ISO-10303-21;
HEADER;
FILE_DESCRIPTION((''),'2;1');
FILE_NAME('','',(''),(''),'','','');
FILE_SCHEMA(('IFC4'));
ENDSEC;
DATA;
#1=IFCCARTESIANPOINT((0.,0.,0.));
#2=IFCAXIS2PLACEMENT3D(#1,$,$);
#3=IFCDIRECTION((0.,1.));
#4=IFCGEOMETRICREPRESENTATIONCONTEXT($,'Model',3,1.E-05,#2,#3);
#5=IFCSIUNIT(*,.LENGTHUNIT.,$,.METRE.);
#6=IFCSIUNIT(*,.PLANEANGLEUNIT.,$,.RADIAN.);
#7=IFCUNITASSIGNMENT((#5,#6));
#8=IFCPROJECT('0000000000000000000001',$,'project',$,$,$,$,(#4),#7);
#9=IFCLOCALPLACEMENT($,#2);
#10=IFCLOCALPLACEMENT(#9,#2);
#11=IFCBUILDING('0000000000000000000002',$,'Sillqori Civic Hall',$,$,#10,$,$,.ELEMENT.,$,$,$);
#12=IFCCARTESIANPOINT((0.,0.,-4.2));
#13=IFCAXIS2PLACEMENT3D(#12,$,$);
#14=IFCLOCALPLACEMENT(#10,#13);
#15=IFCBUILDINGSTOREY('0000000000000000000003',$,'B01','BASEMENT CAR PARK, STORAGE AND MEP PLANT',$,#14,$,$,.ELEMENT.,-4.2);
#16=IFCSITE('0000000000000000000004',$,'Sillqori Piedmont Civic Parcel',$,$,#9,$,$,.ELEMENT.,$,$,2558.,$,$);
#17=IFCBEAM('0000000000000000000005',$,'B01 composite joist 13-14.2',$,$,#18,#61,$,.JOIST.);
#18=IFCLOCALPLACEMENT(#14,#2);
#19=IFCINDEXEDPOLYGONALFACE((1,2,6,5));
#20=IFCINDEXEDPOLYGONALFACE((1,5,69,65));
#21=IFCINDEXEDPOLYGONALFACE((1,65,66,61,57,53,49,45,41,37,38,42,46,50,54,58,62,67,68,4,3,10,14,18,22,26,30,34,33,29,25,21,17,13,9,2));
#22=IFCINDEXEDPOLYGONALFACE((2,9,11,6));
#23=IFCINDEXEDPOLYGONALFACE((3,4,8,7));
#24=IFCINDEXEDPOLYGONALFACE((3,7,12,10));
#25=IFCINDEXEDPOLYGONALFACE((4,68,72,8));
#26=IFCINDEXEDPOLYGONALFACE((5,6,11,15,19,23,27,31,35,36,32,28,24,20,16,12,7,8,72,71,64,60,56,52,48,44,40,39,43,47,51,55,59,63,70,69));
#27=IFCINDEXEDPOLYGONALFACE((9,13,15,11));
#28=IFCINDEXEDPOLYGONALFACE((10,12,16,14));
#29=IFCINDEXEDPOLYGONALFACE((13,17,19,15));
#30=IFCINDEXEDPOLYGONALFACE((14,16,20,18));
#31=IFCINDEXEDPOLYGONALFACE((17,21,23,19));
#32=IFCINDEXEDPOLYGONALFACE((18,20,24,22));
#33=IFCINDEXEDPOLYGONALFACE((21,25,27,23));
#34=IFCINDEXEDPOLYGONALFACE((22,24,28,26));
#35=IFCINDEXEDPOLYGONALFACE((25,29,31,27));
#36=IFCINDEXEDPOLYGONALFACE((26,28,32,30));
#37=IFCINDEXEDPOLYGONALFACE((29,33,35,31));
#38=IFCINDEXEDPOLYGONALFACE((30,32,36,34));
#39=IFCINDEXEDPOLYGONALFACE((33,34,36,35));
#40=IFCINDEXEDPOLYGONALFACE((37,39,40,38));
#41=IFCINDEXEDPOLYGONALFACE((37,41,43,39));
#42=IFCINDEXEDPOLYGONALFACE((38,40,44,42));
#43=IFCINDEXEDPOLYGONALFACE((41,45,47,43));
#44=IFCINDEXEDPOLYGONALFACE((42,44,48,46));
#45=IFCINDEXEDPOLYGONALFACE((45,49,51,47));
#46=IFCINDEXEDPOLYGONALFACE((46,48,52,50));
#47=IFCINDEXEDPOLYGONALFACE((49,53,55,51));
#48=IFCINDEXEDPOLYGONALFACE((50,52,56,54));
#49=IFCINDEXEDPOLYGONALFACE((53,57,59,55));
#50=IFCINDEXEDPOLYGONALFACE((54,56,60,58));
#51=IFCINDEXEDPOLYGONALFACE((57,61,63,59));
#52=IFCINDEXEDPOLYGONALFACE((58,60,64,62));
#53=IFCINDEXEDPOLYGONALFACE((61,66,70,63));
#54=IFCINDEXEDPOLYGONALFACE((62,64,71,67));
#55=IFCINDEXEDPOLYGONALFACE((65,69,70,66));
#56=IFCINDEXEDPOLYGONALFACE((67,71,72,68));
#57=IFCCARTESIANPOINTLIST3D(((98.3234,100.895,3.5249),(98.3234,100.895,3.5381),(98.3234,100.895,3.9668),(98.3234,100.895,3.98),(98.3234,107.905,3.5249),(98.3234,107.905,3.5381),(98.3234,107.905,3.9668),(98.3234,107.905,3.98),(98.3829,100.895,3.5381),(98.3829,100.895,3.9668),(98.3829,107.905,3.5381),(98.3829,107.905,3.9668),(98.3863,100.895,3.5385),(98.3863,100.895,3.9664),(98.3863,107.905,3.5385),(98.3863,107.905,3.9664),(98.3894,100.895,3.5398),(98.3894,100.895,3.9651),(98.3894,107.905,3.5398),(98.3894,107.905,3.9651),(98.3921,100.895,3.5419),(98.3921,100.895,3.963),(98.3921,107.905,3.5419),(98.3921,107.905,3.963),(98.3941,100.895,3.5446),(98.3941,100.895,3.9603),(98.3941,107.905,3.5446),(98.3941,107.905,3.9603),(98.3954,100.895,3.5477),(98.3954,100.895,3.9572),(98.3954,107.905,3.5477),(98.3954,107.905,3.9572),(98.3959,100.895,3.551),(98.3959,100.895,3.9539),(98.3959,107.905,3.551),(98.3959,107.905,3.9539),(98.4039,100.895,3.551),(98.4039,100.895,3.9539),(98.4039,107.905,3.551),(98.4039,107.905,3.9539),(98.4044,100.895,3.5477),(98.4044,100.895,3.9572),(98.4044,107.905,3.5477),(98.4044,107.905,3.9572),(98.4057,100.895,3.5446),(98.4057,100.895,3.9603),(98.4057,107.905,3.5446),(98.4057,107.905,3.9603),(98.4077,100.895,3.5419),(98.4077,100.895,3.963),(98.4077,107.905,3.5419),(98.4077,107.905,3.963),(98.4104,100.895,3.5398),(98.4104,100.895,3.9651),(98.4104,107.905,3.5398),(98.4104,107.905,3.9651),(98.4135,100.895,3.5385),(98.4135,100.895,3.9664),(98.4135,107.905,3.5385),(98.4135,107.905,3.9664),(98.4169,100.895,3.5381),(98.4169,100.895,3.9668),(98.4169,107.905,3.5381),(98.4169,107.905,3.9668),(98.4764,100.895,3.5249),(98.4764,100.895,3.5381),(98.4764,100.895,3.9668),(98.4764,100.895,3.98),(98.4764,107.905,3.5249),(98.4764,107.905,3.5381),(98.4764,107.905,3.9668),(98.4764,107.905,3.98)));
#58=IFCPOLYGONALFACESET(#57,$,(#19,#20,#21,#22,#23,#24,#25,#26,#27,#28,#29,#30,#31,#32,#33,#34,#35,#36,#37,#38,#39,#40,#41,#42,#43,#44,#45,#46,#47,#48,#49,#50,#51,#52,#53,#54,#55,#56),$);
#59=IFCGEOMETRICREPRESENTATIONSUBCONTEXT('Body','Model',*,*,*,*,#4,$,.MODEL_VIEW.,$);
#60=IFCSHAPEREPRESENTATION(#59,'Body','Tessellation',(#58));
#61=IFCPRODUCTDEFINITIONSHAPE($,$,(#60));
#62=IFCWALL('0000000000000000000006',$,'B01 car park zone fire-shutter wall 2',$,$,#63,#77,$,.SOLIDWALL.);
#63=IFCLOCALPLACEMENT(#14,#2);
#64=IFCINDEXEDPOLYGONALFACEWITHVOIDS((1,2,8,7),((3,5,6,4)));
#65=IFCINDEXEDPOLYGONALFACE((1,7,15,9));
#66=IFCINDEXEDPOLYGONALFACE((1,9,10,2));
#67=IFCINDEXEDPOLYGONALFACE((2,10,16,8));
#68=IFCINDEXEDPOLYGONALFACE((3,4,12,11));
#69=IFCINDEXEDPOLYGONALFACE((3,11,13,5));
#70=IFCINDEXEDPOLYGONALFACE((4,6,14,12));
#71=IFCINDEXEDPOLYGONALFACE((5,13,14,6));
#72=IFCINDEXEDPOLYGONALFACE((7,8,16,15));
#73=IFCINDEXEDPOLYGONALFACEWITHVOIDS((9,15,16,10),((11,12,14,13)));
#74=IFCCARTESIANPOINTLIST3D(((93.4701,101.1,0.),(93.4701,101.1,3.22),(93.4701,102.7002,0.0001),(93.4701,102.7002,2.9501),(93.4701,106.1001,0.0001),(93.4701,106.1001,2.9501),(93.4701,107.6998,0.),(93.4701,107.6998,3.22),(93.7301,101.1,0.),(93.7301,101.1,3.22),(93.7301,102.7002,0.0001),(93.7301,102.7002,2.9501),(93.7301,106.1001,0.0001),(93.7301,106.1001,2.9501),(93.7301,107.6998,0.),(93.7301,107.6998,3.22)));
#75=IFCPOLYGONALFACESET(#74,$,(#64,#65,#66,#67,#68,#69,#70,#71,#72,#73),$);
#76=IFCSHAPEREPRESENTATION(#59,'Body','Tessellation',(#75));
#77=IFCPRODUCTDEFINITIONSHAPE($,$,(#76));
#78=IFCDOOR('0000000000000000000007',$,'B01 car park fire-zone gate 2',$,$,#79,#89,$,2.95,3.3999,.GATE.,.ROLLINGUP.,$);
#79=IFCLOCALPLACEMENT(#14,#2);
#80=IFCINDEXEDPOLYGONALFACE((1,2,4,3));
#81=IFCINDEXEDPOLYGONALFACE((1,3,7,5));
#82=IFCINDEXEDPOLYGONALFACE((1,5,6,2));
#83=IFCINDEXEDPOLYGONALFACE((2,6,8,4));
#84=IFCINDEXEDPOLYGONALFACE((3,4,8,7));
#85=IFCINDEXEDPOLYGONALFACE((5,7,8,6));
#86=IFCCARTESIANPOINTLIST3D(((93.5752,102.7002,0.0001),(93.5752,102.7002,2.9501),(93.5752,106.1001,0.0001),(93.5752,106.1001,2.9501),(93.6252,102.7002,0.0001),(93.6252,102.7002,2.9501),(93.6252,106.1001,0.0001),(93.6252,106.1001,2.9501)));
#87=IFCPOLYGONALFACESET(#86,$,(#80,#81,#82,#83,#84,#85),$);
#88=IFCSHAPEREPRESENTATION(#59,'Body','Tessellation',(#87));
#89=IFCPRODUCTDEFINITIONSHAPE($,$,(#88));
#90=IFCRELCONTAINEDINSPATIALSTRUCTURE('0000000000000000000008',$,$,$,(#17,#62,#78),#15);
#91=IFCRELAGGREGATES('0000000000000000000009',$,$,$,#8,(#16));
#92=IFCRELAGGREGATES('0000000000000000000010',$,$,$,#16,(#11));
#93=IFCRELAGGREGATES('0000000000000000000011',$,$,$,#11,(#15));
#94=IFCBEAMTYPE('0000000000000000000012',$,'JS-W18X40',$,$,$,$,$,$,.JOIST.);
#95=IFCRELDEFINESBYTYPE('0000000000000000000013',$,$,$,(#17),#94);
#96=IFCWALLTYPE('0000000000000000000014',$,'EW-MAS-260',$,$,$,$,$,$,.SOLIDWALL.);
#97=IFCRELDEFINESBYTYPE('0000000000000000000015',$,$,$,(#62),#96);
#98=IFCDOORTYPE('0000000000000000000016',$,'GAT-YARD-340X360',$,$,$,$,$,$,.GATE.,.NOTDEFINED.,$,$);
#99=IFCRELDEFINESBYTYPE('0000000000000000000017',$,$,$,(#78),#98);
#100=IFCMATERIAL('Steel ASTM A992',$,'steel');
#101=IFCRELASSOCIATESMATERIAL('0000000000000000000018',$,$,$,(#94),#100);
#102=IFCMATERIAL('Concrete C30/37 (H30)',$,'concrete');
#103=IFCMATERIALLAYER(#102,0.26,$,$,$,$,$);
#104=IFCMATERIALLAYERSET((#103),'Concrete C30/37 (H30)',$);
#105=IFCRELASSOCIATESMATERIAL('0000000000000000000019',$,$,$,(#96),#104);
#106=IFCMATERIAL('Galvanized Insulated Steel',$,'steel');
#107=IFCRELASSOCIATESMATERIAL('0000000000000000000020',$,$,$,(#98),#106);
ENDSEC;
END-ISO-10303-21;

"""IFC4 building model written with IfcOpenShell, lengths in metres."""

from ifc_helpers import new_model, si_unit, direction, frame, frame_2d, origin, origin_2d, place, context, subcontext, project, spatial, rectangle, i_section, extrude, material, layer, layer_set, material_profile, profile_set, type_object, element, fill, save


model = new_model("IFC4")

# Units and contexts
model_context = context("Model", 3, precision=1e-05, world=origin(), true_north=direction((0.0, 1.0)))
body_context = subcontext(model_context, "Body", "Model", "MODEL_VIEW")
ifc_project = project(units=[si_unit("LENGTHUNIT", "METRE"), si_unit("PLANEANGLEUNIT", "RADIAN")], contexts=[model_context])

# Site, building, storey
site_placement = place(None, origin())
site = spatial("IfcSite", under=ifc_project, at=site_placement, Name="Sillqori Piedmont Civic Parcel", CompositionType="ELEMENT", RefElevation=2558.0)
building_placement = place(site_placement, origin())
building = spatial("IfcBuilding", under=site, at=building_placement, Name="Sillqori Civic Hall", CompositionType="ELEMENT")
storey_placement = place(building_placement, frame((0.0, 0.0, -4.2)))
storey = spatial("IfcBuildingStorey", under=building, at=storey_placement, Name="B01", Description="BASEMENT CAR PARK, STORAGE AND MEP PLANT", CompositionType="ELEMENT", Elevation=-4.2)

# Shared definitions
ifc_material_1 = material(Name="Steel ASTM A992", Category="steel")

# Beam
ifc_material_profile_1 = material_profile(ifc_material_1, i_section(OverallWidth=0.1531, OverallDepth=0.4551, WebThickness=0.0081, FlangeThickness=0.0132, FilletRadius=0.0129, at=origin_2d()), Name="W18X40")
ifc_profile_set_1 = profile_set([ifc_material_profile_1], Name="Steel ASTM A992")
beam_type_1 = type_object("IfcBeamType", Name="JS-W18X40", PredefinedType="JOIST", material=ifc_profile_set_1)
for number, where, z_axis, x_axis, name in (
    (1, (98.3999, 100.895, 3.7524), (0.0, 1.0, 0.0), (-1.0, 0.0, 0.0), "B01 composite joist 13-14.2"),
):
    element("IfcBeam", number, at=place(storey_placement, frame(where, z_axis=z_axis, x_axis=x_axis)), inside=storey, type_object=beam_type_1, Name=name, PredefinedType="JOIST", context=body_context, shape_type="SweptSolid", body=[
        extrude(i_section(OverallWidth=0.1531, OverallDepth=0.4551, WebThickness=0.0081, FlangeThickness=0.0132, FilletRadius=0.0129, at=origin_2d()), origin(), (0.0, 0.0, 1.0), 7.01),
    ])

# Wall, opening, door
ifc_material_2 = material(Name="Concrete C30/37 (H30)", Category="concrete")
ifc_layer = layer(ifc_material_2, 0.26)
ifc_layer_set = layer_set([ifc_layer], Name="Concrete C30/37 (H30)")
wall_type = type_object("IfcWallType", Name="EW-MAS-260", PredefinedType="SOLIDWALL", material=ifc_layer_set)
wall_placement = place(storey_placement, frame((93.6001, 101.1001, 0.0), z_axis=(0.0, 0.0, 1.0), x_axis=(0.0, 1.0, 0.0)))
wall = element("IfcWall", 2, at=wall_placement, inside=storey, type_object=wall_type, Name="B01 car park zone fire-shutter wall 2", PredefinedType="SOLIDWALL", context=body_context, shape_type="SweptSolid", body=[
    extrude(rectangle(XDim=6.5999, YDim=0.26, at=frame_2d((3.2998, 0.0))), origin(), (0.0, 0.0, 1.0), 3.22),
])
opening_placement = place(wall_placement, frame((1.6001, 0.0, 0.0)))
opening = element("IfcOpeningElement", 3, at=opening_placement, cuts=wall, PredefinedType="OPENING", context=body_context, shape_type="SweptSolid", body=[
    extrude(rectangle(XDim=3.3999, YDim=2.95, at=frame_2d((1.7, 1.4751))), frame((0.0, 0.1399, 0.0), z_axis=(0.0, -1.0, 0.0), x_axis=(1.0, 0.0, 0.0)), (0.0, 0.0, 1.0), 0.28),
])
ifc_material_3 = material(Name="Galvanized Insulated Steel", Category="steel")
door_type = type_object("IfcDoorType", Name="GAT-YARD-340X360", OperationType="NOTDEFINED", PredefinedType="GATE", material=ifc_material_3)
door_placement = place(opening_placement, origin())
door = element("IfcDoor", 4, at=door_placement, inside=storey, type_object=door_type, Name="B01 car park fire-zone gate 2", OperationType="ROLLINGUP", OverallHeight=2.95, OverallWidth=3.3999, PredefinedType="GATE", context=body_context, shape_type="SweptSolid", body=[
    extrude(rectangle(XDim=3.3999, YDim=2.95, at=frame_2d((1.7, 1.4751))), frame((0.0, 0.0249, 0.0), z_axis=(0.0, -1.0, 0.0), x_axis=(1.0, 0.0, 0.0)), (0.0, 0.0, 1.0), 0.05),
])
fill(opening, door)

save(model, "model.ifc")
